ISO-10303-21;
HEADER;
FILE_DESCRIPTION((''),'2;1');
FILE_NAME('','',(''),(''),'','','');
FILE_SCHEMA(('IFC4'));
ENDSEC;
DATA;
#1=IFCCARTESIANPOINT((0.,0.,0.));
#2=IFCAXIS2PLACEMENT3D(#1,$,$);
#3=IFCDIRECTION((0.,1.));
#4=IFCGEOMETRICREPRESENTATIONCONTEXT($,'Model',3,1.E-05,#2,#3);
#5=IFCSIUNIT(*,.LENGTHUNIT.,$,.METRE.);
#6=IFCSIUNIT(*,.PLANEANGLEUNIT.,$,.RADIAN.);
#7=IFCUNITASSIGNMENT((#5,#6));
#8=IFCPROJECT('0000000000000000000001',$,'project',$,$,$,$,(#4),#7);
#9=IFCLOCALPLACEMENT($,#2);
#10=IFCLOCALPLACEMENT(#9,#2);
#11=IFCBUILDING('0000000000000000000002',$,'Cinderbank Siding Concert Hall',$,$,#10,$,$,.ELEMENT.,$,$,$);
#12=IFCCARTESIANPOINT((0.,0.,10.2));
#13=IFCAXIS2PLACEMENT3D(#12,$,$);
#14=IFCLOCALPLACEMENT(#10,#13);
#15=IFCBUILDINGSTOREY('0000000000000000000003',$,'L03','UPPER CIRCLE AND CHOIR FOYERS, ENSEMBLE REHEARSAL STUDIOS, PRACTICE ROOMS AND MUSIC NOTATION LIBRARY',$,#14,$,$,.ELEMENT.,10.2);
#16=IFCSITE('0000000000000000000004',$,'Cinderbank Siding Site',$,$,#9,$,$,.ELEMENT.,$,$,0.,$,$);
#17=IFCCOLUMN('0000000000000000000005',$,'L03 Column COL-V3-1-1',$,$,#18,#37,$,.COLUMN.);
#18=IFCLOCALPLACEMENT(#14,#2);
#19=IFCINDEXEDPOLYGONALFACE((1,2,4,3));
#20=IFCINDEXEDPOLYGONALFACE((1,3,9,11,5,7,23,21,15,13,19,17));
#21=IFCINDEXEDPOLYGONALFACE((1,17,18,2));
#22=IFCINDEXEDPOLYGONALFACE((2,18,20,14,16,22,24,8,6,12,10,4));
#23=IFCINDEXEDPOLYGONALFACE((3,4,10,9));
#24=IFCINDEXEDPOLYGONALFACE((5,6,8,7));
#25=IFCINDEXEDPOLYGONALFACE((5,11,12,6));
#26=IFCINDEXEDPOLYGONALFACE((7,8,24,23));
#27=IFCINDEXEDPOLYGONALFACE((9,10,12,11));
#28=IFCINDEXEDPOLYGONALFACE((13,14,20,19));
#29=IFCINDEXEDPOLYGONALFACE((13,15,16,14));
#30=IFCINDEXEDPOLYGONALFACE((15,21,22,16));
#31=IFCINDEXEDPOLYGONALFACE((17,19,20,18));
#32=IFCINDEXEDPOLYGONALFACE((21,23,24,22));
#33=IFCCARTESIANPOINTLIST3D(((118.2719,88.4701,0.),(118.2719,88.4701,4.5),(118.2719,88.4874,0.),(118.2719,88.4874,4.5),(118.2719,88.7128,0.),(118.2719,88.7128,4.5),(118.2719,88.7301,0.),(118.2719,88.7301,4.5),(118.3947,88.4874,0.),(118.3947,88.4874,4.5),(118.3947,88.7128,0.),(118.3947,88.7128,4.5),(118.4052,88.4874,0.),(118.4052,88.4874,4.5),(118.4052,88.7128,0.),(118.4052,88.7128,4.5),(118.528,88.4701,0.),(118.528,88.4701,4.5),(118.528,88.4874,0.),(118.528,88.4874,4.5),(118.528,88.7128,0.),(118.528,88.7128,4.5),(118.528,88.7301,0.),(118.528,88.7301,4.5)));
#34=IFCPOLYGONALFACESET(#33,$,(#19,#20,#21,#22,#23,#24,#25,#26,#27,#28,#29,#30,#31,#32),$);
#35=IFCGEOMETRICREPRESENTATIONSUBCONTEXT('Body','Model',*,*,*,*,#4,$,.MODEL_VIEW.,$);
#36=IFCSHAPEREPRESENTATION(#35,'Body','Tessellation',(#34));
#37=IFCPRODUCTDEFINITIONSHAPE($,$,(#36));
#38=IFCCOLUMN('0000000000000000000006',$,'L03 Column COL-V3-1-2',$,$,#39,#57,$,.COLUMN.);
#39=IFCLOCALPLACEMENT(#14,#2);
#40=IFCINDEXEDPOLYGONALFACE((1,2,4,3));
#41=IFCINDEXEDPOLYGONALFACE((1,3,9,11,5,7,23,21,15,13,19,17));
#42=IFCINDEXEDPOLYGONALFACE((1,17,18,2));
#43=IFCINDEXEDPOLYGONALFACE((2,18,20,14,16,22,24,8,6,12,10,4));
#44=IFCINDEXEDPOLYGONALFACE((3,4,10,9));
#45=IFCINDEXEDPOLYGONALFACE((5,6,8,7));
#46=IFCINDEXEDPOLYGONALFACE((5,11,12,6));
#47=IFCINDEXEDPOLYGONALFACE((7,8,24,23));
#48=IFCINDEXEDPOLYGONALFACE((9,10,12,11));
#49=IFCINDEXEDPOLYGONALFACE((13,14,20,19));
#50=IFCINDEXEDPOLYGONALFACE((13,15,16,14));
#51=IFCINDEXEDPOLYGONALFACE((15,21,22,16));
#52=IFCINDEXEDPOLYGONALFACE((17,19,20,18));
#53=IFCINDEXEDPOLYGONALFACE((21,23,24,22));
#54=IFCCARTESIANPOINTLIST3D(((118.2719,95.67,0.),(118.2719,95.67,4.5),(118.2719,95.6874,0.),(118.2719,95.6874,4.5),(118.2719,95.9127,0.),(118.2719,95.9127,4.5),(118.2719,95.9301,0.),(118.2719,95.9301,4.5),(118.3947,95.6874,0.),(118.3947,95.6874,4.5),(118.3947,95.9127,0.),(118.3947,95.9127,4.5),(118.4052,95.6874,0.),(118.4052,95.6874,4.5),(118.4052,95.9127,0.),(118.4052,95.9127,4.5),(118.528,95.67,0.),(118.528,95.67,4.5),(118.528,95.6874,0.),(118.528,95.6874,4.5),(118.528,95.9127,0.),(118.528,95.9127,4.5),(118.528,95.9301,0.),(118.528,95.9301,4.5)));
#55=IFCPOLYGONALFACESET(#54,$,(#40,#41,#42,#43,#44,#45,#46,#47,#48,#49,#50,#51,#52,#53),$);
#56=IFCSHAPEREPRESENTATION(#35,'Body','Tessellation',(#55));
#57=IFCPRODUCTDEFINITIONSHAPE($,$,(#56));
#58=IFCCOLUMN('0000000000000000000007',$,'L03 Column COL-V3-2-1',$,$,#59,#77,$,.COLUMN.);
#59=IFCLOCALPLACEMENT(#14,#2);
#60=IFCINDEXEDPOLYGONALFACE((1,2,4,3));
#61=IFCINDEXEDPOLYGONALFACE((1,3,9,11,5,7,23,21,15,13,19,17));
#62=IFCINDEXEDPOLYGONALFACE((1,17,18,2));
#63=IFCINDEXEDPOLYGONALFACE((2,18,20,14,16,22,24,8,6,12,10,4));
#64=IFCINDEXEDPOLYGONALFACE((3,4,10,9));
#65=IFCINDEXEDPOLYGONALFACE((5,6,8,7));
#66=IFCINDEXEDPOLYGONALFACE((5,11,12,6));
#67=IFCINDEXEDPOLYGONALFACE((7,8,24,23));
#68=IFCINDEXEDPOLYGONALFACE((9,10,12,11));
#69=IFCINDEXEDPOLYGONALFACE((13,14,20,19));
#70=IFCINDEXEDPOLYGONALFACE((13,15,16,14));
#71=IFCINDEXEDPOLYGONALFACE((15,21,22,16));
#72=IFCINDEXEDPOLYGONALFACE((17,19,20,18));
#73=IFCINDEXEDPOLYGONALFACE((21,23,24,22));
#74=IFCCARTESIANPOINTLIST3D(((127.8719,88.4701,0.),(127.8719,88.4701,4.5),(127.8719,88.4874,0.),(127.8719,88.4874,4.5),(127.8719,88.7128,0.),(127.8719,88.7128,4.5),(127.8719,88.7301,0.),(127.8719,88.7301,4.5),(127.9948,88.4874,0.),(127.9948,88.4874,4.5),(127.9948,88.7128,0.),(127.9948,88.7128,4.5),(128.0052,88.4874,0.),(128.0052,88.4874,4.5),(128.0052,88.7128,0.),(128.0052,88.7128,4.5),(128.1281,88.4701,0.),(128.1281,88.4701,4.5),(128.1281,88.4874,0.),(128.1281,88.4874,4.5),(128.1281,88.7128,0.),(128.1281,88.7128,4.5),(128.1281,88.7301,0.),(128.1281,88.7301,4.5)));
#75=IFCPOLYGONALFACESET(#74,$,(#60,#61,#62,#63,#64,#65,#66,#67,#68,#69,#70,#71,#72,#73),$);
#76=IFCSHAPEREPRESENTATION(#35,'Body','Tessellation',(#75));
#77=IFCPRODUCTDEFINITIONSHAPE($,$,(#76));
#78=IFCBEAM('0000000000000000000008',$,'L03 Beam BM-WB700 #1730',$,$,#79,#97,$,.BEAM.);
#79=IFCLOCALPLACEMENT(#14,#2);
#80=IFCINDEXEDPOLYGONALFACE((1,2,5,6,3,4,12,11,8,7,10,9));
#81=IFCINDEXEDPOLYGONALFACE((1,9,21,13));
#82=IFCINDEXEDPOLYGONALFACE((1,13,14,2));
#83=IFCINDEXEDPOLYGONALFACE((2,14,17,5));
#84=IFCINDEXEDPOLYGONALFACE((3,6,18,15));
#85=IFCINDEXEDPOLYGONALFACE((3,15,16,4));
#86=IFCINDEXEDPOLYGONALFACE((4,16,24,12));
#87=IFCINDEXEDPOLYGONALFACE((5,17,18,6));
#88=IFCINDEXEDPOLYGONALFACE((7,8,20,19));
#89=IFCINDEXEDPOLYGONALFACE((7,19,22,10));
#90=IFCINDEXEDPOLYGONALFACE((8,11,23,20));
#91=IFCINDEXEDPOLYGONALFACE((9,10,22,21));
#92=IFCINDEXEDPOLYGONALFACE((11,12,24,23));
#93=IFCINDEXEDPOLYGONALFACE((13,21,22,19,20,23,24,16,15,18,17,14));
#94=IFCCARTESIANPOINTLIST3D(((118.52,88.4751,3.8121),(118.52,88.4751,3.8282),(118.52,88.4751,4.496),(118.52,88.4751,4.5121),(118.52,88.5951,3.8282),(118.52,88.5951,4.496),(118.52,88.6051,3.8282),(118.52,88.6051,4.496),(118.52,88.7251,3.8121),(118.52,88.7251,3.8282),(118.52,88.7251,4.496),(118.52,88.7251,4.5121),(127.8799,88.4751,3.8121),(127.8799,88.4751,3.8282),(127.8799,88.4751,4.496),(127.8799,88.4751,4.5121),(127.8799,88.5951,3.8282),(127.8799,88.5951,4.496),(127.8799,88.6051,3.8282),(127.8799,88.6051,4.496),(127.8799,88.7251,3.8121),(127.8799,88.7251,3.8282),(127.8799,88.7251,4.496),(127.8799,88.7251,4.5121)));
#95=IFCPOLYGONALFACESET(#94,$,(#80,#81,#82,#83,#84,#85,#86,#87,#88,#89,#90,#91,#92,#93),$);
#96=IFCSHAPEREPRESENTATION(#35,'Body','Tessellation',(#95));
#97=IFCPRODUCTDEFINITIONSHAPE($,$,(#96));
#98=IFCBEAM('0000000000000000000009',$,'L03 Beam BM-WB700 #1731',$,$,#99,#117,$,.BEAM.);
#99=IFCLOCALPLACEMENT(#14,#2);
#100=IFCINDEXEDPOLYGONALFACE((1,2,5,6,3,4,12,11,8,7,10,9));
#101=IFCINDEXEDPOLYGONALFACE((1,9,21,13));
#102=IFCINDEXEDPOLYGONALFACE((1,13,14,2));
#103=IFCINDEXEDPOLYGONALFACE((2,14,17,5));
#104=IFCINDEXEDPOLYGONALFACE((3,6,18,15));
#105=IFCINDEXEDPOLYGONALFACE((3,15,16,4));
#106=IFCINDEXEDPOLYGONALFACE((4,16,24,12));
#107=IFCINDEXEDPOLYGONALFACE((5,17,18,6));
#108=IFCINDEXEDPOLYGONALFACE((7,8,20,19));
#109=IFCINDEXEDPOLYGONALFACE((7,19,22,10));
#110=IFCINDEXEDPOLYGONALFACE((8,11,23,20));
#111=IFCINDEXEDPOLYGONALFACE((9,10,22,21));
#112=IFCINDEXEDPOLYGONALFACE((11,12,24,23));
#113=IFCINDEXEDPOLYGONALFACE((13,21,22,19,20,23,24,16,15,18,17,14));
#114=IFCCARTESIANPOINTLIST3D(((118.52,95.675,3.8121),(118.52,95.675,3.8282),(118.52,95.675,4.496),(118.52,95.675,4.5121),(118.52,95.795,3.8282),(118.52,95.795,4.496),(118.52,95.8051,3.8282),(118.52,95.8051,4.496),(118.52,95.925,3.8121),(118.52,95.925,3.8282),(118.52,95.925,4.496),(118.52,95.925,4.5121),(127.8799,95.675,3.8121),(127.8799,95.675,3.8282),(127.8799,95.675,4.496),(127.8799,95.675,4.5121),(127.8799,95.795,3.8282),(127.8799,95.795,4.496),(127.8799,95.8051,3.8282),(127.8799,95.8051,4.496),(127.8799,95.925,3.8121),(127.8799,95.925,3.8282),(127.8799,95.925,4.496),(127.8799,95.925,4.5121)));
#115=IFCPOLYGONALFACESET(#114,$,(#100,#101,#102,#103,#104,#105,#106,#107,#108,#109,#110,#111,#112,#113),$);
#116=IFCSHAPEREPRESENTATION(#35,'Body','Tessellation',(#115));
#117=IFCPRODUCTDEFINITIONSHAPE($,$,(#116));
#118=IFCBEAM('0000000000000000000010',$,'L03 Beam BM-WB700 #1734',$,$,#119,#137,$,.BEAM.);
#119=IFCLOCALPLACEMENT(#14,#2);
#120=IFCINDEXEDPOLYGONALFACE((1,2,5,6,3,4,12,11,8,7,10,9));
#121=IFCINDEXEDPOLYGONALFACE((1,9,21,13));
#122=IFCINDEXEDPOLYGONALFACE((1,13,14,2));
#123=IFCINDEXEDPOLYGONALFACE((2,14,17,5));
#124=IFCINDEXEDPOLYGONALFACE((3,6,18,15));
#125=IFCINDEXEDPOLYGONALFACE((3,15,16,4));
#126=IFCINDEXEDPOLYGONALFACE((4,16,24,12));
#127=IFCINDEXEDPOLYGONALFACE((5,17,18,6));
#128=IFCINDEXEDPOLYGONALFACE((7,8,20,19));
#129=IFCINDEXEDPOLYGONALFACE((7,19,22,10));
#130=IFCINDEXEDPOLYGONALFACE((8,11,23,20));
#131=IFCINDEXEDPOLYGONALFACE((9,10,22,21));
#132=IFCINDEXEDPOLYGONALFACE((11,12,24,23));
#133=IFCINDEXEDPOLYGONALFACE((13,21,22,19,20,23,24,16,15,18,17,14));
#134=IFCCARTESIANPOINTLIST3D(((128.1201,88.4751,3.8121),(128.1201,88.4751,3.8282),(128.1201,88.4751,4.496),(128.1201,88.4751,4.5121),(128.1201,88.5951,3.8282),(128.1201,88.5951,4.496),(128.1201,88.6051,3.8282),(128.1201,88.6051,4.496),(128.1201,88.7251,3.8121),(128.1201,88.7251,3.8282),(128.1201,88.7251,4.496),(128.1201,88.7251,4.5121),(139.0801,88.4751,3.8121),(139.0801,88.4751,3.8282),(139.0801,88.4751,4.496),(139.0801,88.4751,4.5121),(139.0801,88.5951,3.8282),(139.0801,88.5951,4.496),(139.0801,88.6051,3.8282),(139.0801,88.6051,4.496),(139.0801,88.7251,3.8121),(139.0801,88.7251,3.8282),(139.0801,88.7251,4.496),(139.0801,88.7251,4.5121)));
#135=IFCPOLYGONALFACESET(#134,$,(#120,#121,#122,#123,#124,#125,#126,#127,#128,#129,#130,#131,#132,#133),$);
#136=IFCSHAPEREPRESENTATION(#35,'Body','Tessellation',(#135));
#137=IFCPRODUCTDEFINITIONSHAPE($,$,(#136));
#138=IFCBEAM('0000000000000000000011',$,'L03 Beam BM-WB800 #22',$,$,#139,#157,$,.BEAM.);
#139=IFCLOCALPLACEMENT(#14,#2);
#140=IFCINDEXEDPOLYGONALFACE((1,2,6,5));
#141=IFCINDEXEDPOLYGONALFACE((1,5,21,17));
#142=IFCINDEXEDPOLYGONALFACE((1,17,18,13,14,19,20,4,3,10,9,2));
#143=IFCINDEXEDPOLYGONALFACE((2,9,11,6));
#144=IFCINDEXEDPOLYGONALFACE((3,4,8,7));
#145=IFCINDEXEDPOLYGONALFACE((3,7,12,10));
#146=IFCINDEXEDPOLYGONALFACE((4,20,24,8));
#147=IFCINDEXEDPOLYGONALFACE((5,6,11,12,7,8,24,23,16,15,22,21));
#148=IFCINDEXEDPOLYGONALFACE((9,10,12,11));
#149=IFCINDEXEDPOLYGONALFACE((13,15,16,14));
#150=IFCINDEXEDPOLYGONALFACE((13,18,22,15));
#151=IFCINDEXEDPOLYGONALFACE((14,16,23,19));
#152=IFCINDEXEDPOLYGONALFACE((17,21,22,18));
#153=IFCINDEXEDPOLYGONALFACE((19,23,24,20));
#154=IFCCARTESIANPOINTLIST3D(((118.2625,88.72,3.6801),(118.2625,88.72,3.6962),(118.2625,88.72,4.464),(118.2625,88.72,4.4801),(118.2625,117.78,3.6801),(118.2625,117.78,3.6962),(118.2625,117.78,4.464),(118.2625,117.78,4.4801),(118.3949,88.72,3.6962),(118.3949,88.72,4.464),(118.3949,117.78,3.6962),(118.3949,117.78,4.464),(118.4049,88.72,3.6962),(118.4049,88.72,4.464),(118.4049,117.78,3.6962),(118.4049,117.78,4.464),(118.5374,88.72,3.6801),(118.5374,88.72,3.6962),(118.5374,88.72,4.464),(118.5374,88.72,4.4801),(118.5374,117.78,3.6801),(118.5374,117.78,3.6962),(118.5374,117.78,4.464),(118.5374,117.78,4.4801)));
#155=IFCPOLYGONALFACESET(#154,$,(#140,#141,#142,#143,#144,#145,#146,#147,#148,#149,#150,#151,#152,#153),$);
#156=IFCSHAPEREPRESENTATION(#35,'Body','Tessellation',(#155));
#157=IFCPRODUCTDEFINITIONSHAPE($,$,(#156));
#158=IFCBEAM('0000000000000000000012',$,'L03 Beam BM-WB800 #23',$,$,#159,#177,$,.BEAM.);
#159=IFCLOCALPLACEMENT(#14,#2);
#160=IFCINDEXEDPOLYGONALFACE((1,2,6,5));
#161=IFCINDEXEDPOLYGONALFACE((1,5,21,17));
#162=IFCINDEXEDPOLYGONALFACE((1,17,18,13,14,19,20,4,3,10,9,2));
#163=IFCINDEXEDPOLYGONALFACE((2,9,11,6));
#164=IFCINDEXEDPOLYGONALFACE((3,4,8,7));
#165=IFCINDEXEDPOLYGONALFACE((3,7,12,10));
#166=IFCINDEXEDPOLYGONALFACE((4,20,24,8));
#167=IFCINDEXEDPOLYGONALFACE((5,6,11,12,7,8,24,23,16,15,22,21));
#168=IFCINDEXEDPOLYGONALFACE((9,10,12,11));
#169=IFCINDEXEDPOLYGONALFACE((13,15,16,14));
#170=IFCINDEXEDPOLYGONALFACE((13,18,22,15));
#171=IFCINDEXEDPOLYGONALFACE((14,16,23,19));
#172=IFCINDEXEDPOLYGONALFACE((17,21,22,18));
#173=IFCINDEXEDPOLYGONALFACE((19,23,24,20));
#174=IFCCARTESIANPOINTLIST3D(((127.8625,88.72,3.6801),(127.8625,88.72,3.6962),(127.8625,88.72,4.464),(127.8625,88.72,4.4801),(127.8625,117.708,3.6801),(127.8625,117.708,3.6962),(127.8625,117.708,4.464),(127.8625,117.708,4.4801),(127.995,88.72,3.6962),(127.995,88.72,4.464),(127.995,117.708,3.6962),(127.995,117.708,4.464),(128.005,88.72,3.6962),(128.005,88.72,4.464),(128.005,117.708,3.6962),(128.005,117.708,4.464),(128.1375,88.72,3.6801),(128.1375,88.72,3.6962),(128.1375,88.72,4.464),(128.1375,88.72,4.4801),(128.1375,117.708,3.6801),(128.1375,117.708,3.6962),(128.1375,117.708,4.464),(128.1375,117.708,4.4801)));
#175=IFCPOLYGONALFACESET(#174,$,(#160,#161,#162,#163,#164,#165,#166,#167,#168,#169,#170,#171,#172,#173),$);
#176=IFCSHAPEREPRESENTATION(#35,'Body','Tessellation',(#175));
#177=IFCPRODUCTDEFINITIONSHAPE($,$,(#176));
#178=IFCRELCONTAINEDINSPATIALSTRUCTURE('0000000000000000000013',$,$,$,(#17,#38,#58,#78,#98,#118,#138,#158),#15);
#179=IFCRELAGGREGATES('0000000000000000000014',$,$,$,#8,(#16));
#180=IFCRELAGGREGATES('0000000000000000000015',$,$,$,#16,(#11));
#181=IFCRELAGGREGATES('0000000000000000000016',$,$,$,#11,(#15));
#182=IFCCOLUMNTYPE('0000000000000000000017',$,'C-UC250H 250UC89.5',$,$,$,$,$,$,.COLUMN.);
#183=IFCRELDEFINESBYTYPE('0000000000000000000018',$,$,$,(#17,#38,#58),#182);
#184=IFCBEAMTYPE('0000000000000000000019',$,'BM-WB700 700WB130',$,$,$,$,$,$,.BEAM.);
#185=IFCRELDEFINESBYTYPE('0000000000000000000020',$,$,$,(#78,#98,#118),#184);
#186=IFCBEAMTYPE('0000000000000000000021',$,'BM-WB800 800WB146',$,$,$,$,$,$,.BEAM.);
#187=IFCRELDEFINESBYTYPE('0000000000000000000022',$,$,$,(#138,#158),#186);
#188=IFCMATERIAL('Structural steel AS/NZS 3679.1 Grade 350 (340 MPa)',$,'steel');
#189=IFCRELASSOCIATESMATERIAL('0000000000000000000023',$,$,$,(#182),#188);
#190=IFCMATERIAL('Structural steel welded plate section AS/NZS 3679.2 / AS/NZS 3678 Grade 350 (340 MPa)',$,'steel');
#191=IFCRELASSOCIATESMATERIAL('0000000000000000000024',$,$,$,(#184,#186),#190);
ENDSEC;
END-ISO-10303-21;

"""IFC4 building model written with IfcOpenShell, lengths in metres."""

from ifc_helpers import new_model, si_unit, direction, frame, origin, origin_2d, place, context, subcontext, project, spatial, i_section, extrude, material, material_profile, profile_set, type_object, element, save


model = new_model("IFC4")

# Units and contexts
model_context = context("Model", 3, precision=1e-05, world=origin(), true_north=direction((0.0, 1.0)))
body_context = subcontext(model_context, "Body", "Model", "MODEL_VIEW")
ifc_project = project(units=[si_unit("LENGTHUNIT", "METRE"), si_unit("PLANEANGLEUNIT", "RADIAN")], contexts=[model_context])

# Site, building, storey
site_placement = place(None, origin())
site = spatial("IfcSite", under=ifc_project, at=site_placement, Name="Cinderbank Siding Site", CompositionType="ELEMENT", RefElevation=0.0)
building_placement = place(site_placement, origin())
building = spatial("IfcBuilding", under=site, at=building_placement, Name="Cinderbank Siding Concert Hall", CompositionType="ELEMENT")
storey_placement = place(building_placement, frame((0.0, 0.0, 10.2)))
storey = spatial("IfcBuildingStorey", under=building, at=storey_placement, Name="L03", Description="UPPER CIRCLE AND CHOIR FOYERS, ENSEMBLE REHEARSAL STUDIOS, PRACTICE ROOMS AND MUSIC NOTATION LIBRARY", CompositionType="ELEMENT", Elevation=10.2)

# Columns
ifc_material_1 = material(Name="Structural steel AS/NZS 3679.1 Grade 350 (340 MPa)", Category="steel")
ifc_material_profile_1 = material_profile(ifc_material_1, i_section(OverallWidth=0.2561, OverallDepth=0.26, WebThickness=0.0105, FlangeThickness=0.0173, at=origin_2d()), Name="250UC89.5", Category="LoadBearing")
ifc_profile_set_1 = profile_set([ifc_material_profile_1], Name="Structural steel AS/NZS 3679.1 Grade 350 (340 MPa)")
column_type = type_object("IfcColumnType", Name="C-UC250H 250UC89.5", PredefinedType="COLUMN", material=ifc_profile_set_1)
for number, where, z_axis, x_axis, name in (
    (1, (118.3999, 88.6001, 0.0), (0.0, 0.0, 1.0), (1.0, 0.0, 0.0), "L03 Column COL-V3-1-1"),
    (2, (118.3999, 95.8, 0.0), (0.0, 0.0, 1.0), (1.0, 0.0, 0.0), "L03 Column COL-V3-1-2"),
    (3, (128.0, 88.6001, 0.0), (0.0, 0.0, 1.0), (1.0, 0.0, 0.0), "L03 Column COL-V3-2-1"),
):
    element("IfcColumn", number, at=place(storey_placement, frame(where, z_axis=z_axis, x_axis=x_axis)), inside=storey, type_object=column_type, Name=name, PredefinedType="COLUMN", context=body_context, shape_type="SweptSolid", body=[
        extrude(i_section(OverallWidth=0.2561, OverallDepth=0.26, WebThickness=0.0105, FlangeThickness=0.0173, at=origin_2d()), origin(), (0.0, 0.0, 1.0), 4.5),
    ])

# Beams
ifc_material_2 = material(Name="Structural steel welded plate section AS/NZS 3679.2 / AS/NZS 3678 Grade 350 (340 MPa)", Category="steel")
ifc_material_profile_2 = material_profile(ifc_material_2, i_section(OverallWidth=0.25, OverallDepth=0.7, WebThickness=0.01, FlangeThickness=0.0161, at=origin_2d()), Name="700WB130", Category="LoadBearing")
ifc_profile_set_2 = profile_set([ifc_material_profile_2], Name="Structural steel welded plate section AS/NZS 3679.2 / AS/NZS 3678 Grade 350 (340 MPa)")
beam_type_1 = type_object("IfcBeamType", Name="BM-WB700 700WB130", PredefinedType="BEAM", material=ifc_profile_set_2)
for number, where, z_axis, x_axis, name in (
    (4, (118.52, 88.6001, 4.1621), (1.0, 0.0, 0.0), (0.0, 1.0, 0.0), "L03 Beam BM-WB700 #1730"),
    (5, (118.52, 95.8, 4.1621), (1.0, 0.0, 0.0), (0.0, 1.0, 0.0), "L03 Beam BM-WB700 #1731"),
):
    element("IfcBeam", number, at=place(storey_placement, frame(where, z_axis=z_axis, x_axis=x_axis)), inside=storey, type_object=beam_type_1, Name=name, PredefinedType="BEAM", context=body_context, shape_type="SweptSolid", body=[
        extrude(i_section(OverallWidth=0.25, OverallDepth=0.7, WebThickness=0.01, FlangeThickness=0.0161, at=origin_2d()), origin(), (0.0, 0.0, 1.0), 9.3599),
    ])
beam_1_placement = place(storey_placement, frame((128.1201, 88.6001, 4.1621), z_axis=(1.0, 0.0, 0.0), x_axis=(0.0, 1.0, 0.0)))
element("IfcBeam", 6, at=beam_1_placement, inside=storey, type_object=beam_type_1, Name="L03 Beam BM-WB700 #1734", PredefinedType="BEAM", context=body_context, shape_type="SweptSolid", body=[
    extrude(i_section(OverallWidth=0.25, OverallDepth=0.7, WebThickness=0.01, FlangeThickness=0.0161, at=origin_2d()), origin(), (0.0, 0.0, 1.0), 10.96),
])
ifc_material_profile_3 = material_profile(ifc_material_2, i_section(OverallWidth=0.2749, OverallDepth=0.8, WebThickness=0.01, FlangeThickness=0.0161, at=origin_2d()), Name="800WB146", Category="LoadBearing")
ifc_profile_set_3 = profile_set([ifc_material_profile_3], Name="Structural steel welded plate section AS/NZS 3679.2 / AS/NZS 3678 Grade 350 (340 MPa)")
beam_type_2 = type_object("IfcBeamType", Name="BM-WB800 800WB146", PredefinedType="BEAM", material=ifc_profile_set_3)
beam_2_placement = place(storey_placement, frame((118.3999, 88.72, 4.0801), z_axis=(0.0, 1.0, 0.0), x_axis=(-1.0, 0.0, 0.0)))
element("IfcBeam", 7, at=beam_2_placement, inside=storey, type_object=beam_type_2, Name="L03 Beam BM-WB800 #22", PredefinedType="BEAM", context=body_context, shape_type="SweptSolid", body=[
    extrude(i_section(OverallWidth=0.2749, OverallDepth=0.8, WebThickness=0.01, FlangeThickness=0.0161, at=origin_2d()), origin(), (0.0, 0.0, 1.0), 29.0601),
])
beam_3_placement = place(storey_placement, frame((128.0, 88.72, 4.0801), z_axis=(0.0, 1.0, 0.0), x_axis=(-1.0, 0.0, 0.0)))
element("IfcBeam", 8, at=beam_3_placement, inside=storey, type_object=beam_type_2, Name="L03 Beam BM-WB800 #23", PredefinedType="BEAM", context=body_context, shape_type="SweptSolid", body=[
    extrude(i_section(OverallWidth=0.2749, OverallDepth=0.8, WebThickness=0.01, FlangeThickness=0.0161, at=origin_2d()), origin(), (0.0, 0.0, 1.0), 28.988),
])

save(model, "model.ifc")
